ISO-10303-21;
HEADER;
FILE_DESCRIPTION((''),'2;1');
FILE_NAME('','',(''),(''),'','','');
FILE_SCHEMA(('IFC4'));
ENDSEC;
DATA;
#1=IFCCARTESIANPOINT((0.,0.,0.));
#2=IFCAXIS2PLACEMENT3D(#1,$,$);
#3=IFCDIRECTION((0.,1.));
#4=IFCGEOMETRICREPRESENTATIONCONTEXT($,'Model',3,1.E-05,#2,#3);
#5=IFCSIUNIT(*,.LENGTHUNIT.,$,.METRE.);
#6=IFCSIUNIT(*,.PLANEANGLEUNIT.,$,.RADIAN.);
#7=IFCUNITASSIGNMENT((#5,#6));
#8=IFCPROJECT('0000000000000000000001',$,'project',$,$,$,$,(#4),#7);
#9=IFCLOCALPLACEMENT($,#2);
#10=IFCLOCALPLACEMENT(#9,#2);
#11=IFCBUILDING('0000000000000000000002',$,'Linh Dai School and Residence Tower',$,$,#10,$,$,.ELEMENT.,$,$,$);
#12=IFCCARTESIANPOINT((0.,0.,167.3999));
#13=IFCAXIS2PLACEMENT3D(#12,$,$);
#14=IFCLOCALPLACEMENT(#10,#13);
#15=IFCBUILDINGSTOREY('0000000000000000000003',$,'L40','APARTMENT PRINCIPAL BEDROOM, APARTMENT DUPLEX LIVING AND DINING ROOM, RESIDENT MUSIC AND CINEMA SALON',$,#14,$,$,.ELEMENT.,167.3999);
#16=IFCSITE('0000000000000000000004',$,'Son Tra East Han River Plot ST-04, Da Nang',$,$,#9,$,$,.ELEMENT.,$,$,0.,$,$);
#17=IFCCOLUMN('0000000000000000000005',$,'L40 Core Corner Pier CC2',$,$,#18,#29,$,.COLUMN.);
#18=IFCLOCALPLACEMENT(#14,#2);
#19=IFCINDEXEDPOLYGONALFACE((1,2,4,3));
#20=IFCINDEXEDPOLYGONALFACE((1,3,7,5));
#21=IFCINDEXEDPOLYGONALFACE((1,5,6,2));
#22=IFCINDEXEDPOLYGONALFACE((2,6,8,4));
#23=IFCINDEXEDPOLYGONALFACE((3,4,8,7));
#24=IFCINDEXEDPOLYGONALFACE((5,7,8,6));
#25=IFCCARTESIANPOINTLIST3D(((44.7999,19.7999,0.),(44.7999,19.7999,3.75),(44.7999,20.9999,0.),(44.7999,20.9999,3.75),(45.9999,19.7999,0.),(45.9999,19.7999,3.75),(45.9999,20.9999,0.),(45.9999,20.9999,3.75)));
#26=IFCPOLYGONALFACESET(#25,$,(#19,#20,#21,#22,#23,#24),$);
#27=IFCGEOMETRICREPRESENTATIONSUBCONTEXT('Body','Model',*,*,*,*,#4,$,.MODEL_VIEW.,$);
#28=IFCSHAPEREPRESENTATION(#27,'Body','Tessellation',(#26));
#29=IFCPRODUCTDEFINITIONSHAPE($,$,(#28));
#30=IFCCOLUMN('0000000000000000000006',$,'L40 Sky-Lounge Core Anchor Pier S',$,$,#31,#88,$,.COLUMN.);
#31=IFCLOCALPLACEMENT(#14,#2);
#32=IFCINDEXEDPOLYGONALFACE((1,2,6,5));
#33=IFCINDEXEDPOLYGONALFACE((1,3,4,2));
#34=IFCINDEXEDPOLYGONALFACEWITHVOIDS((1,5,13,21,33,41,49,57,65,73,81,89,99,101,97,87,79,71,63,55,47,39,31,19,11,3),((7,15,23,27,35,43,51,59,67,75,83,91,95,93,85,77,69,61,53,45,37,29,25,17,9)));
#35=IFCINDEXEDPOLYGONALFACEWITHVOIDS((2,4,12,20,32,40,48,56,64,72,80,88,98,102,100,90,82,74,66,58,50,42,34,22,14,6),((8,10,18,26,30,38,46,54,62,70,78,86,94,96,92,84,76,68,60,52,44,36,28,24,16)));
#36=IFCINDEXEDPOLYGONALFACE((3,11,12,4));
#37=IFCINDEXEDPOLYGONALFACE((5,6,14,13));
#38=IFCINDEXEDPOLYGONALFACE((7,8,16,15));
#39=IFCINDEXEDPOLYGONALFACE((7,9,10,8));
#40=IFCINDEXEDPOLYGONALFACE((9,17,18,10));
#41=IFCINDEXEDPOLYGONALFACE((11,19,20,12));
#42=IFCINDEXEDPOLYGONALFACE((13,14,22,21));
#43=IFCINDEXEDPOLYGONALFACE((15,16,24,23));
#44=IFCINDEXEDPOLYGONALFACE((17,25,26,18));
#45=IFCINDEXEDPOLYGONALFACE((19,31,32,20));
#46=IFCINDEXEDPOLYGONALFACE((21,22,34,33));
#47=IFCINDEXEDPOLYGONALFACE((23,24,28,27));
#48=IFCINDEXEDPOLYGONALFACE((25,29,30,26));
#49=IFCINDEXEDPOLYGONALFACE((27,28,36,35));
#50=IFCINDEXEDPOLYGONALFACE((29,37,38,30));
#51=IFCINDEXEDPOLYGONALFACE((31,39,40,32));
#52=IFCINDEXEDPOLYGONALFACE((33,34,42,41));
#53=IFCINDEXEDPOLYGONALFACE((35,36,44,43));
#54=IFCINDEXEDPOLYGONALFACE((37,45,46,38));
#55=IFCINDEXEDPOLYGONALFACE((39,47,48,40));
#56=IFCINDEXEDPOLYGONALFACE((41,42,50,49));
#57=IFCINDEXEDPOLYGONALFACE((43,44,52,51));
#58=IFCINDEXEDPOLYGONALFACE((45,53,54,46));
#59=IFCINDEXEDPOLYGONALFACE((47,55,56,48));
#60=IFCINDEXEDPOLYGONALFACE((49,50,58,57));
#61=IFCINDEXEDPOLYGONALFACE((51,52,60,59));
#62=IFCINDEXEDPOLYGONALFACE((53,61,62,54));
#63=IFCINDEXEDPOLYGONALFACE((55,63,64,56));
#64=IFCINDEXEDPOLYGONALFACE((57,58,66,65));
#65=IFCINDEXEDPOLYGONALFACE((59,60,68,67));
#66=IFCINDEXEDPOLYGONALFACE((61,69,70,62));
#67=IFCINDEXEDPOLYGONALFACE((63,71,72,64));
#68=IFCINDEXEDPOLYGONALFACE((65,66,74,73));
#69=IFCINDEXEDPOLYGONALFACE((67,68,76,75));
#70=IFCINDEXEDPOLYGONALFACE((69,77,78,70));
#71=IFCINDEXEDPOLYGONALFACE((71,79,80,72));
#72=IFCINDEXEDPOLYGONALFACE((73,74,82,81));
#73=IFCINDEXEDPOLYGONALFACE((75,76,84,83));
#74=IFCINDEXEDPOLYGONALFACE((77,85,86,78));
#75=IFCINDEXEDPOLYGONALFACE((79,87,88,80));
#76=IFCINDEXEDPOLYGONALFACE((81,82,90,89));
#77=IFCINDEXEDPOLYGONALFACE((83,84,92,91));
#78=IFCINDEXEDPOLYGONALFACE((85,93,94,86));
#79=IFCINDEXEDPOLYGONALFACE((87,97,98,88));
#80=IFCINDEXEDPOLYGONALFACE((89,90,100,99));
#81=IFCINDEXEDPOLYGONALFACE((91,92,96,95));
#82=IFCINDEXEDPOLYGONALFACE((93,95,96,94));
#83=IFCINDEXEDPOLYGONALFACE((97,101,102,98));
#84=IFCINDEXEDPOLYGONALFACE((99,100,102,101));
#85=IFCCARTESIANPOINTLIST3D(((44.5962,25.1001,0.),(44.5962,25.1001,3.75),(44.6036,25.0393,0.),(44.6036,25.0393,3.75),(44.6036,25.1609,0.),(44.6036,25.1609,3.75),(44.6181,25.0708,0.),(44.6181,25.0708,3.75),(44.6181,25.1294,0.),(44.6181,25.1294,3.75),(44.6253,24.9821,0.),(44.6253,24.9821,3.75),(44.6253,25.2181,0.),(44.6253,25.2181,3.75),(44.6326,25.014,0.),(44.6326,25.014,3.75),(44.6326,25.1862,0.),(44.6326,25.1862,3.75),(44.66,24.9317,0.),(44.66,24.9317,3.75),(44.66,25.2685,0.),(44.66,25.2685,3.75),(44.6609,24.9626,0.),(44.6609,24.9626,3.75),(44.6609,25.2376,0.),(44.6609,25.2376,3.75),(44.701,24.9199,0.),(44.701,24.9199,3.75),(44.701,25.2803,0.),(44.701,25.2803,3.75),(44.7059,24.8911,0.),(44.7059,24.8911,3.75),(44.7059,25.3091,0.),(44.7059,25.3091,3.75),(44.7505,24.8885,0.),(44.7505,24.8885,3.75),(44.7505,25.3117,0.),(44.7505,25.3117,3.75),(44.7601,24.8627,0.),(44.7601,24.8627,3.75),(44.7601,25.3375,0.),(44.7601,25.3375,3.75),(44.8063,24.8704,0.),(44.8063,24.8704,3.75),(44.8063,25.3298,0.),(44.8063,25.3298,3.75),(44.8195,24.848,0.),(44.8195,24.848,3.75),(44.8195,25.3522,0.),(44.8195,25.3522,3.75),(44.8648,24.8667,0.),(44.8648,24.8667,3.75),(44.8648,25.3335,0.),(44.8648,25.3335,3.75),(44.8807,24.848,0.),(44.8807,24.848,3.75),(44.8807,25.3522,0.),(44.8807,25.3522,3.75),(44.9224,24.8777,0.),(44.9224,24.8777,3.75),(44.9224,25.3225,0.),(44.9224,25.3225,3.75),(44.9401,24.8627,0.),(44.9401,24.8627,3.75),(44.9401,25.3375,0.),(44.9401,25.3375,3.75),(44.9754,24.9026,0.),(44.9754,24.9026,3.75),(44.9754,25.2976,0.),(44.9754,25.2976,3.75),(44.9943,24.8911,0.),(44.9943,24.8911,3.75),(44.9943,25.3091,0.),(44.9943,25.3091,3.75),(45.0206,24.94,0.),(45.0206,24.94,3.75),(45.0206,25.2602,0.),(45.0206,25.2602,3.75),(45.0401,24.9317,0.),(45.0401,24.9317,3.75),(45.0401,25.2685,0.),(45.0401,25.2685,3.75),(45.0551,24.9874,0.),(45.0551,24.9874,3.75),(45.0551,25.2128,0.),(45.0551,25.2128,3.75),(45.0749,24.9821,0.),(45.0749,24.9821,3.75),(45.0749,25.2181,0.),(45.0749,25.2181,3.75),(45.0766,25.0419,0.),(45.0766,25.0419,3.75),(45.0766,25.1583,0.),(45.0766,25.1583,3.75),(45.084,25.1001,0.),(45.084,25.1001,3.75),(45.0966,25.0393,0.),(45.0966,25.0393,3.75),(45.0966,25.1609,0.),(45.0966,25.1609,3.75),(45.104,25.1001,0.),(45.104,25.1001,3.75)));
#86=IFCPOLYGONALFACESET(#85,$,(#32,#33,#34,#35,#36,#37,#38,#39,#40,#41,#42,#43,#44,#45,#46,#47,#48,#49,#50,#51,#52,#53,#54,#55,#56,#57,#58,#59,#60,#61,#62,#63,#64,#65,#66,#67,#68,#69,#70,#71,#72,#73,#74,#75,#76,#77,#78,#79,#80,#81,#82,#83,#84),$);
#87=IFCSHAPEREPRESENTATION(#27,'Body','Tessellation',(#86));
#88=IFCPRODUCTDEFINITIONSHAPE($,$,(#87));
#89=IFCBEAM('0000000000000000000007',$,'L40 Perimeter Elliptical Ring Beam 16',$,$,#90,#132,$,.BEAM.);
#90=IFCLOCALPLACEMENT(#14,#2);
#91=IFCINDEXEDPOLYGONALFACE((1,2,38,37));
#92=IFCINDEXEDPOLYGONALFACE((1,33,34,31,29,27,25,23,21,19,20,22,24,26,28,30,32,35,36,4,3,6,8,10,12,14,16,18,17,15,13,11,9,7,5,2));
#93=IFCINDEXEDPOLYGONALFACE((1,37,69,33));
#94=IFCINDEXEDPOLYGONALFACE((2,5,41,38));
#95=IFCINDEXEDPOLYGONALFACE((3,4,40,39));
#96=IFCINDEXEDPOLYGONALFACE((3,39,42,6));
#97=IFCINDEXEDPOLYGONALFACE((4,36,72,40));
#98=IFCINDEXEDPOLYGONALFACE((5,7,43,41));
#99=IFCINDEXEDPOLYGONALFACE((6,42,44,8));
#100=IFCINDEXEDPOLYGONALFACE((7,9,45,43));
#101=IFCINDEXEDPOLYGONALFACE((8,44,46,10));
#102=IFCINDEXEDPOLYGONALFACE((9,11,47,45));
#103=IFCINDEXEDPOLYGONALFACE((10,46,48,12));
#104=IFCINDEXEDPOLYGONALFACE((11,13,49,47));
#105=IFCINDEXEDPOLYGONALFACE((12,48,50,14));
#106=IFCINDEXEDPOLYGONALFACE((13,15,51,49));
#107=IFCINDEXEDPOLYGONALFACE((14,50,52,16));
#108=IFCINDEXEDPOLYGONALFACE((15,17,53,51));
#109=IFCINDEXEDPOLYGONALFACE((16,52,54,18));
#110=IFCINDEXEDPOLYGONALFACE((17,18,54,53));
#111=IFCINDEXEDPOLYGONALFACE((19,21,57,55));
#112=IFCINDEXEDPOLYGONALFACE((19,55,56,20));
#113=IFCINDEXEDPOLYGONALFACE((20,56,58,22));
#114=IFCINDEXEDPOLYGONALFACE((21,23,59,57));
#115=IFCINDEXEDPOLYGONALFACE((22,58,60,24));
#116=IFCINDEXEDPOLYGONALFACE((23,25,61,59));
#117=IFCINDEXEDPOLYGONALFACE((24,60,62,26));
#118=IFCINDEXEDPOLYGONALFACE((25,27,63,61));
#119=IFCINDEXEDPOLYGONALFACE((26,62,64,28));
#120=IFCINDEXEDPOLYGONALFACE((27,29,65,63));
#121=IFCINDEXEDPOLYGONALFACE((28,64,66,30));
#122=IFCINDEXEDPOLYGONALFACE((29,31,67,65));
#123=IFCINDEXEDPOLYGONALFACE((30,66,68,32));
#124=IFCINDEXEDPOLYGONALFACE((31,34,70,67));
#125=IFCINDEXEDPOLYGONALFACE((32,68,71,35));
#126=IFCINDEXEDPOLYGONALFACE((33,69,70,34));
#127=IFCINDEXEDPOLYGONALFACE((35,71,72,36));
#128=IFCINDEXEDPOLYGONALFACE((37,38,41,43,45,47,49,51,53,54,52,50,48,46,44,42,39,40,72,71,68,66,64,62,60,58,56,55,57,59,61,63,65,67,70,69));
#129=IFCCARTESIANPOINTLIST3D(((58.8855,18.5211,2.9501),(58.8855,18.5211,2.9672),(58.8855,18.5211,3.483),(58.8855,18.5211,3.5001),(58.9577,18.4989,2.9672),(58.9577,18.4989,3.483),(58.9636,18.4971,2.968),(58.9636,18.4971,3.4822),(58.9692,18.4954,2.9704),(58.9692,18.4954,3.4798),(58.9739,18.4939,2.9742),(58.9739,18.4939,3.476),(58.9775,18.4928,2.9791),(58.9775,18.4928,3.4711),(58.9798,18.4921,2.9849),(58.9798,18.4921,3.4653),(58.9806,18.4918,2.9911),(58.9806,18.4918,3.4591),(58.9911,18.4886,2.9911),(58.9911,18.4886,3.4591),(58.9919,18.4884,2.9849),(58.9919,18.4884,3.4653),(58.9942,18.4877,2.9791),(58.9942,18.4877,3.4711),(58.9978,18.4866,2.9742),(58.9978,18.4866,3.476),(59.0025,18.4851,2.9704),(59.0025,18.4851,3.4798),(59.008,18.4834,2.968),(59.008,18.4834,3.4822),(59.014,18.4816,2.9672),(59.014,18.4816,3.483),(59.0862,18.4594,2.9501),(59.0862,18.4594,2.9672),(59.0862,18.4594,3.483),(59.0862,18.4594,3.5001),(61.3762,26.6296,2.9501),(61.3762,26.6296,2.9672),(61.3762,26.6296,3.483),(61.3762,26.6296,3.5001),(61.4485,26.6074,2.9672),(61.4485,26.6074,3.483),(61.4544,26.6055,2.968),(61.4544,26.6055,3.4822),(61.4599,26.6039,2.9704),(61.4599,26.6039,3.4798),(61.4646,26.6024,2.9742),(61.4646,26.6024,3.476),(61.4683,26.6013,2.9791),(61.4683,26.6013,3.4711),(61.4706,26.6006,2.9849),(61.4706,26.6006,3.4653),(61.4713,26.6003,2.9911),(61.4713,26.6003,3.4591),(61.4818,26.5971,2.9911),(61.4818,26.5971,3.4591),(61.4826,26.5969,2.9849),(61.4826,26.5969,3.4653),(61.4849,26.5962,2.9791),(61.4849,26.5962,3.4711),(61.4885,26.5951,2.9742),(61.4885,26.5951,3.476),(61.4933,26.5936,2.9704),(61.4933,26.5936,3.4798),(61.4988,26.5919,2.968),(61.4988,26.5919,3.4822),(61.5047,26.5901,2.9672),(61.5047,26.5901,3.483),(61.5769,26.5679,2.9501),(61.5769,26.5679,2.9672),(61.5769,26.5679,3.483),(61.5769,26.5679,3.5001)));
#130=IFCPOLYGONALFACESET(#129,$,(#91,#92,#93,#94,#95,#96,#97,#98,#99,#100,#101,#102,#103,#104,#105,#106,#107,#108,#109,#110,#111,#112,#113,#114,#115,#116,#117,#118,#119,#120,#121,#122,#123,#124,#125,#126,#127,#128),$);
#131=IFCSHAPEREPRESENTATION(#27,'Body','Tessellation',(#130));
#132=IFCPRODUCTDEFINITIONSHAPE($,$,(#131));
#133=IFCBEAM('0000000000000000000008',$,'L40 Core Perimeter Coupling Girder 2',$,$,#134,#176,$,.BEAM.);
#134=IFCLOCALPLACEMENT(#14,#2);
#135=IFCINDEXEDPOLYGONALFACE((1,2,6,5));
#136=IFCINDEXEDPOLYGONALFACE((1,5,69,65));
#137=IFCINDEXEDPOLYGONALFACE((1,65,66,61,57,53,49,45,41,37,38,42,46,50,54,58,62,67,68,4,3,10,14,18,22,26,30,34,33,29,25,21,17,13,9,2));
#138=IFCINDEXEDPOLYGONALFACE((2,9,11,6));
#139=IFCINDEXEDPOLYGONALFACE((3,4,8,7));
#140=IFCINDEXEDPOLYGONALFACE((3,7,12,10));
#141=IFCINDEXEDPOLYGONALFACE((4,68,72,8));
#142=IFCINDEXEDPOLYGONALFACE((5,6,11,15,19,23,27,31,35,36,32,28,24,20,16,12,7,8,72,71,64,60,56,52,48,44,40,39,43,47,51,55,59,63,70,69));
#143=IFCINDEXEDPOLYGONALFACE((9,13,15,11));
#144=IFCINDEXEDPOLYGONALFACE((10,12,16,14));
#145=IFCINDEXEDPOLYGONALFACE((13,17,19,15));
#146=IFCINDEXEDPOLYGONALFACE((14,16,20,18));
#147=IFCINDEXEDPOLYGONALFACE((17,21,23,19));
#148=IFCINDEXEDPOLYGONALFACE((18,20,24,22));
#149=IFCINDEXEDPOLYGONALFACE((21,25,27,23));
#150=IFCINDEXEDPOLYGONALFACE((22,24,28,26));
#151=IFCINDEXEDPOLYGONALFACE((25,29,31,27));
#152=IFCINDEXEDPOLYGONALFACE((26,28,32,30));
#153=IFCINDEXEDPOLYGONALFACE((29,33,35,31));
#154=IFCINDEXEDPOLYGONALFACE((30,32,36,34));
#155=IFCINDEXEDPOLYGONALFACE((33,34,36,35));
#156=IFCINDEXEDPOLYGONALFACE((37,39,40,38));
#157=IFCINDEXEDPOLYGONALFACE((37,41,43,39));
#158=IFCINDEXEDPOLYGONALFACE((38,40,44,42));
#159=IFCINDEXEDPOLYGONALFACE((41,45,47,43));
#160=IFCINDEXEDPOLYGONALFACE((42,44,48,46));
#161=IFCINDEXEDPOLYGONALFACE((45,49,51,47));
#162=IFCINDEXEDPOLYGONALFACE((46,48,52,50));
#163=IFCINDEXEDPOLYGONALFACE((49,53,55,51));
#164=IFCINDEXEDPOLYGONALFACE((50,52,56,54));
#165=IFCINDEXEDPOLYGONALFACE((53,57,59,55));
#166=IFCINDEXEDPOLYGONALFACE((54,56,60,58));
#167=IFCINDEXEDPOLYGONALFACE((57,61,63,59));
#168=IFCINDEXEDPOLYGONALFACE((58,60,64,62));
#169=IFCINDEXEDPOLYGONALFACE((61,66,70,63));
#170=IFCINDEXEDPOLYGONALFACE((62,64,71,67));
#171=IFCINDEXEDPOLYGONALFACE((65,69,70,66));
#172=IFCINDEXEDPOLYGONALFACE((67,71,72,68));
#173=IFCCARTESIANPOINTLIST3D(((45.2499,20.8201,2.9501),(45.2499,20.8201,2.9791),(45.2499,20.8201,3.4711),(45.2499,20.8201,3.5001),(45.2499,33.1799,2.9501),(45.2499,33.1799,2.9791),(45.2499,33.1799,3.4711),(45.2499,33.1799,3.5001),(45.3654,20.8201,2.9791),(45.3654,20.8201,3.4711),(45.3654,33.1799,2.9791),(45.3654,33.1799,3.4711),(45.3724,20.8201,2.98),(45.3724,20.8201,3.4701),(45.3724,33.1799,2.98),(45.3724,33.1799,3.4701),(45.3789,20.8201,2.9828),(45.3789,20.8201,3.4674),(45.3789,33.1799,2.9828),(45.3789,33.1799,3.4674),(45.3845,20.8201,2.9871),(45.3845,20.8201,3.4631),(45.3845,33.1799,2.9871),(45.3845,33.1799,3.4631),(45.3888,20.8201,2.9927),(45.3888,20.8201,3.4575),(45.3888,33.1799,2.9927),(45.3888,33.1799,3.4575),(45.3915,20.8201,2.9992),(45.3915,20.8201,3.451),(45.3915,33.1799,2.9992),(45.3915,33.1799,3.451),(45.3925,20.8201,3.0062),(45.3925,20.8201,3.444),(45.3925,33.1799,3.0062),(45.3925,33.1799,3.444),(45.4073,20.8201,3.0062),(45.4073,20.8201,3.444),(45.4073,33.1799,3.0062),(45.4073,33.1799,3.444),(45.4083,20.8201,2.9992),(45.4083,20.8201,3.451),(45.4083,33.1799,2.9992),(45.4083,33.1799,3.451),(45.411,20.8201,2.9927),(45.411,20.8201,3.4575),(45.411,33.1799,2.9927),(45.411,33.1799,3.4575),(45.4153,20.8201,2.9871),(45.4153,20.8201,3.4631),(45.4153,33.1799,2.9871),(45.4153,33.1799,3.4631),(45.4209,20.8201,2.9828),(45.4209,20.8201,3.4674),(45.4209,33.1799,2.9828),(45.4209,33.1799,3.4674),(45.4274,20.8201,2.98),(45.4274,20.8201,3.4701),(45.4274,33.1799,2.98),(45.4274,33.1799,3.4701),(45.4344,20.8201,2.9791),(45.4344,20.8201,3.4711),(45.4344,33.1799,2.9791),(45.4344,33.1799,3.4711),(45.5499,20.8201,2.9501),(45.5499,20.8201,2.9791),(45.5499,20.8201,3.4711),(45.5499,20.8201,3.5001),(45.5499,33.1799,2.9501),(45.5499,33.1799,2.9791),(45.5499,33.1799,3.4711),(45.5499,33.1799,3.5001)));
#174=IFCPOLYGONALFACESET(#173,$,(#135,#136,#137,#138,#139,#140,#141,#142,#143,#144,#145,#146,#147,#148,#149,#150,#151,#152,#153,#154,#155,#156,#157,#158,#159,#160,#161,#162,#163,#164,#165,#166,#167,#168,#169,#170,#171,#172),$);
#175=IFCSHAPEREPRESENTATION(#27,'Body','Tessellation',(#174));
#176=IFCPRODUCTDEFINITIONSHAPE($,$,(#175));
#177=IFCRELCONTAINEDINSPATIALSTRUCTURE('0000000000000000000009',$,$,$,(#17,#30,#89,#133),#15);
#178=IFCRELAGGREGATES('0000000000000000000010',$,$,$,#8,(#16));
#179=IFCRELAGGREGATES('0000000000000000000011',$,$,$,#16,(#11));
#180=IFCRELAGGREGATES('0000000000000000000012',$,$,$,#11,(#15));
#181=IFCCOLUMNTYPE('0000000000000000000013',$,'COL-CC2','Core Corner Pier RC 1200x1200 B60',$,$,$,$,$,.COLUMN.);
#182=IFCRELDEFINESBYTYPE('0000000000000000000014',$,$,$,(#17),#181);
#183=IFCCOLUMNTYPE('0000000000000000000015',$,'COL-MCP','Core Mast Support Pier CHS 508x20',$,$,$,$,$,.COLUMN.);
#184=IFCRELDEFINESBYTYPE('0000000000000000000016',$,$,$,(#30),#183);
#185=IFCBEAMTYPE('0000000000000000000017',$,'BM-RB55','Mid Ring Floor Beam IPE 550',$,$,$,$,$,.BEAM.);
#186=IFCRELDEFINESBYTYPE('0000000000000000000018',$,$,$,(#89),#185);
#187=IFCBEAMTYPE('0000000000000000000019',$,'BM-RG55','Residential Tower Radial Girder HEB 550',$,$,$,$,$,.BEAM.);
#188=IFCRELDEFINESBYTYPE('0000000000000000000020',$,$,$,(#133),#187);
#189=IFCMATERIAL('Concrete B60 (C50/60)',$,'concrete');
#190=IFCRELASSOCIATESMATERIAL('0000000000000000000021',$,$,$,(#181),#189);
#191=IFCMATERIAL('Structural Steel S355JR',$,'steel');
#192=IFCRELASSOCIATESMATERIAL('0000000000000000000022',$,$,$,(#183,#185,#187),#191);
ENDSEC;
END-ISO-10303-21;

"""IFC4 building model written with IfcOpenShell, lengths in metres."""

from ifc_helpers import new_model, si_unit, direction, frame, origin, origin_2d, place, context, subcontext, project, spatial, rectangle, hollow_circle, i_section, extrude, material, material_profile, profile_set, type_object, element, save


model = new_model("IFC4")

# Units and contexts
model_context = context("Model", 3, precision=1e-05, world=origin(), true_north=direction((0.0, 1.0)))
body_context = subcontext(model_context, "Body", "Model", "MODEL_VIEW")
ifc_project = project(units=[si_unit("LENGTHUNIT", "METRE"), si_unit("PLANEANGLEUNIT", "RADIAN")], contexts=[model_context])

# Site, building, storey
site_placement = place(None, origin())
site = spatial("IfcSite", under=ifc_project, at=site_placement, Name="Son Tra East Han River Plot ST-04, Da Nang", CompositionType="ELEMENT", RefElevation=0.0)
building_placement = place(site_placement, origin())
building = spatial("IfcBuilding", under=site, at=building_placement, Name="Linh Dai School and Residence Tower", CompositionType="ELEMENT")
storey_placement = place(building_placement, frame((0.0, 0.0, 167.3999)))
storey = spatial("IfcBuildingStorey", under=building, at=storey_placement, Name="L40", Description="APARTMENT PRINCIPAL BEDROOM, APARTMENT DUPLEX LIVING AND DINING ROOM, RESIDENT MUSIC AND CINEMA SALON", CompositionType="ELEMENT", Elevation=167.3999)

# Columns
ifc_material_1 = material(Name="Concrete B60 (C50/60)", Category="concrete")
ifc_material_profile_1 = material_profile(ifc_material_1, rectangle(XDim=1.2, YDim=1.2, at=origin_2d()), Name="RC 1200x1200")
ifc_profile_set_1 = profile_set([ifc_material_profile_1], Name="Concrete B60 (C50/60)")
column_type_1 = type_object("IfcColumnType", Name="COL-CC2", Description="Core Corner Pier RC 1200x1200 B60", PredefinedType="COLUMN", material=ifc_profile_set_1)
column_1_placement = place(storey_placement, frame((45.3999, 20.3999, 0.0), z_axis=(0.0, 0.0, 1.0), x_axis=(1.0, 0.0, 0.0)))
element("IfcColumn", 1, at=column_1_placement, inside=storey, type_object=column_type_1, Name="L40 Core Corner Pier CC2", PredefinedType="COLUMN", context=body_context, shape_type="SweptSolid", body=[
    extrude(rectangle(XDim=1.2, YDim=1.2, at=origin_2d()), origin(), (0.0, 0.0, 1.0), 3.75),
])
ifc_material_2 = material(Name="Structural Steel S355JR", Category="steel")
ifc_material_profile_2 = material_profile(ifc_material_2, hollow_circle(Radius=0.2539, WallThickness=0.02, at=origin_2d()), Name="CHS 508x20")
ifc_profile_set_2 = profile_set([ifc_material_profile_2], Name="Structural Steel S355JR")
column_type_2 = type_object("IfcColumnType", Name="COL-MCP", Description="Core Mast Support Pier CHS 508x20", PredefinedType="COLUMN", material=ifc_profile_set_2)
column_2_placement = place(storey_placement, frame((44.8501, 25.1001, 0.0), z_axis=(0.0, 0.0, 1.0), x_axis=(1.0, 0.0, 0.0)))
element("IfcColumn", 2, at=column_2_placement, inside=storey, type_object=column_type_2, Name="L40 Sky-Lounge Core Anchor Pier S", PredefinedType="COLUMN", context=body_context, shape_type="SweptSolid", body=[
    extrude(hollow_circle(Radius=0.2539, WallThickness=0.02, at=origin_2d()), origin(), (0.0, 0.0, 1.0), 3.75),
])

# Beams
ifc_material_profile_3 = material_profile(ifc_material_2, i_section(OverallWidth=0.21, OverallDepth=0.55, WebThickness=0.011, FlangeThickness=0.0171, FilletRadius=0.0239, at=origin_2d()), Name="IPE 550")
ifc_profile_set_3 = profile_set([ifc_material_profile_3], Name="Structural Steel S355JR")
beam_type_1 = type_object("IfcBeamType", Name="BM-RB55", Description="Mid Ring Floor Beam IPE 550", PredefinedType="BEAM", material=ifc_profile_set_3)
beam_1_placement = place(storey_placement, frame((58.9858, 18.4902, 3.2251), z_axis=(0.293637, 0.955917, 0.0), x_axis=(-0.955917, 0.293637, 0.0)))
element("IfcBeam", 3, at=beam_1_placement, inside=storey, type_object=beam_type_1, Name="L40 Perimeter Elliptical Ring Beam 16", PredefinedType="BEAM", context=body_context, shape_type="SweptSolid", body=[
    extrude(i_section(OverallWidth=0.21, OverallDepth=0.55, WebThickness=0.011, FlangeThickness=0.0171, FilletRadius=0.0239, at=origin_2d()), origin(), (0.0, 0.0, 1.0), 8.4824),
])
ifc_material_profile_4 = material_profile(ifc_material_2, i_section(OverallWidth=0.3, OverallDepth=0.55, WebThickness=0.0149, FlangeThickness=0.0291, FilletRadius=0.0271, at=origin_2d()), Name="HEB 550")
ifc_profile_set_4 = profile_set([ifc_material_profile_4], Name="Structural Steel S355JR")
beam_type_2 = type_object("IfcBeamType", Name="BM-RG55", Description="Residential Tower Radial Girder HEB 550", PredefinedType="BEAM", material=ifc_profile_set_4)
beam_2_placement = place(storey_placement, frame((45.3999, 20.8201, 3.2251), z_axis=(0.0, 1.0, 0.0), x_axis=(-1.0, 0.0, 0.0)))
element("IfcBeam", 4, at=beam_2_placement, inside=storey, type_object=beam_type_2, Name="L40 Core Perimeter Coupling Girder 2", PredefinedType="BEAM", context=body_context, shape_type="SweptSolid", body=[
    extrude(i_section(OverallWidth=0.3, OverallDepth=0.55, WebThickness=0.0149, FlangeThickness=0.0291, FilletRadius=0.0271, at=origin_2d()), origin(), (0.0, 0.0, 1.0), 12.3599),
])

save(model, "model.ifc")
